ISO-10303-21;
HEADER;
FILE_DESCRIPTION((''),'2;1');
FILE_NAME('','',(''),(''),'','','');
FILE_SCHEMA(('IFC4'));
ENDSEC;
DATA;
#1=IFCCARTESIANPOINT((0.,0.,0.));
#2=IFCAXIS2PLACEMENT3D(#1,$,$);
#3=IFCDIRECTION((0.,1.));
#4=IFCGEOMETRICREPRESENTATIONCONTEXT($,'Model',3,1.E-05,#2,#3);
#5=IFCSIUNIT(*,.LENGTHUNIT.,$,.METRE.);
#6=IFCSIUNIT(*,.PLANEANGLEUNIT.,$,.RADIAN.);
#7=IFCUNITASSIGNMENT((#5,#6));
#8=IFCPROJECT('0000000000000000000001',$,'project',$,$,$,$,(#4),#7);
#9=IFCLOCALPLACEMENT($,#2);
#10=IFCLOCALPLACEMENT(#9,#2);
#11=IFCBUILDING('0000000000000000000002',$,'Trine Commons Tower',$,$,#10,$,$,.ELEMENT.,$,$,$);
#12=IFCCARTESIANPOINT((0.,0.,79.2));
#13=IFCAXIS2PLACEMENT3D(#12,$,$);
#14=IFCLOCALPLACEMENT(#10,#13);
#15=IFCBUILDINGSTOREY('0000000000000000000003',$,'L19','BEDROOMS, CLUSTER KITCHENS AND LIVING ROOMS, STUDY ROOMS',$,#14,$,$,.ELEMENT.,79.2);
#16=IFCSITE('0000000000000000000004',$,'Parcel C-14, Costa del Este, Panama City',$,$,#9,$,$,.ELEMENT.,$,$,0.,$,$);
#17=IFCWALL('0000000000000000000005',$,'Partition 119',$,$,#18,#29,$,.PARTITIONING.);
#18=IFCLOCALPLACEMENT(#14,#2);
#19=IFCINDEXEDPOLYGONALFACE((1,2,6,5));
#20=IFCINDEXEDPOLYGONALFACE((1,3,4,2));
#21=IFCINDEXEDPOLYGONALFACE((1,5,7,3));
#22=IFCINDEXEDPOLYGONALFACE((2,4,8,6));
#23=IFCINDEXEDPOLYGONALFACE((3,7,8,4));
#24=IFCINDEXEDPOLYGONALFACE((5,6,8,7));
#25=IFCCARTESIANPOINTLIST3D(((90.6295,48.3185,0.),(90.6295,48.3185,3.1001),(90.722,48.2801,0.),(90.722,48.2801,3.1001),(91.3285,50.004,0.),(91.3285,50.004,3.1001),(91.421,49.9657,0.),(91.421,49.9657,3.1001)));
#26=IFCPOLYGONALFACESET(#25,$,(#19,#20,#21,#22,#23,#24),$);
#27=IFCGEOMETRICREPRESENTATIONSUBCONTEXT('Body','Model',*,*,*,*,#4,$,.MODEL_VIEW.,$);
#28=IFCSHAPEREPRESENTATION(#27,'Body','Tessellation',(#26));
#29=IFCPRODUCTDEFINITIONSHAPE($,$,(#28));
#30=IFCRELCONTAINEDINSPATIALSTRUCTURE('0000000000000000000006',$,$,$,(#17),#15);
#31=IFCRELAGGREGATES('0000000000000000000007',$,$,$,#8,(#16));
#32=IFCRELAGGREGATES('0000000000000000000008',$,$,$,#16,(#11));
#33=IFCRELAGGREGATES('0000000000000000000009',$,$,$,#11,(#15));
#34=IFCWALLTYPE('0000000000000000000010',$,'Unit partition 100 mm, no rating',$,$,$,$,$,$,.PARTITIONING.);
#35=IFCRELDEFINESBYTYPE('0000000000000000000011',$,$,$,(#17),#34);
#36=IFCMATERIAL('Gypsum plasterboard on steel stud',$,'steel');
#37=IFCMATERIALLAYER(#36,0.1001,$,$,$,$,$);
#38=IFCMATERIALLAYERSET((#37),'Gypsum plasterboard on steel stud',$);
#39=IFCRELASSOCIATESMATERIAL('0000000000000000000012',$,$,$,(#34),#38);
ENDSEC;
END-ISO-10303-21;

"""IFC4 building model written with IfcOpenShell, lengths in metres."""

from ifc_helpers import new_model, si_unit, direction, frame, frame_2d, origin, place, context, subcontext, project, spatial, rectangle, extrude, material, layer, layer_set, type_object, element, save


model = new_model("IFC4")

# Units and contexts
model_context = context("Model", 3, precision=1e-05, world=origin(), true_north=direction((0.0, 1.0)))
body_context = subcontext(model_context, "Body", "Model", "MODEL_VIEW")
ifc_project = project(units=[si_unit("LENGTHUNIT", "METRE"), si_unit("PLANEANGLEUNIT", "RADIAN")], contexts=[model_context])

# Site, building, storey
site_placement = place(None, origin())
site = spatial("IfcSite", under=ifc_project, at=site_placement, Name="Parcel C-14, Costa del Este, Panama City", CompositionType="ELEMENT", RefElevation=0.0)
building_placement = place(site_placement, origin())
building = spatial("IfcBuilding", under=site, at=building_placement, Name="Trine Commons Tower", CompositionType="ELEMENT")
storey_placement = place(building_placement, frame((0.0, 0.0, 79.2)))
storey = spatial("IfcBuildingStorey", under=building, at=storey_placement, Name="L19", Description="BEDROOMS, CLUSTER KITCHENS AND LIVING ROOMS, STUDY ROOMS", CompositionType="ELEMENT", Elevation=79.2)

# Shared definitions
ifc_material_1 = material(Name="Gypsum plasterboard on steel stud", Category="steel")

# Shared definitions
ifc_layer_1 = layer(ifc_material_1, 0.1001)
ifc_layer_set_1 = layer_set([ifc_layer_1], Name="Gypsum plasterboard on steel stud")
wall_type_1 = type_object("IfcWallType", Name="Unit partition 100 mm, no rating", PredefinedType="PARTITIONING", material=ifc_layer_set_1)

# Wall
wall_1_placement = place(storey_placement, frame((90.6758, 48.2993, 0.0), z_axis=(0.0, 0.0, 1.0), x_axis=(0.383057, 0.923725, 0.0)))
element("IfcWall", 1, at=wall_1_placement, inside=storey, type_object=wall_type_1, Name="Partition 119", PredefinedType="PARTITIONING", context=body_context, shape_type="SweptSolid", body=[
    extrude(rectangle(XDim=1.8247, YDim=0.1001, at=frame_2d((0.9124, 0.0))), origin(), (0.0, 0.0, 1.0), 3.1001),
])

save(model, "model.ifc")
